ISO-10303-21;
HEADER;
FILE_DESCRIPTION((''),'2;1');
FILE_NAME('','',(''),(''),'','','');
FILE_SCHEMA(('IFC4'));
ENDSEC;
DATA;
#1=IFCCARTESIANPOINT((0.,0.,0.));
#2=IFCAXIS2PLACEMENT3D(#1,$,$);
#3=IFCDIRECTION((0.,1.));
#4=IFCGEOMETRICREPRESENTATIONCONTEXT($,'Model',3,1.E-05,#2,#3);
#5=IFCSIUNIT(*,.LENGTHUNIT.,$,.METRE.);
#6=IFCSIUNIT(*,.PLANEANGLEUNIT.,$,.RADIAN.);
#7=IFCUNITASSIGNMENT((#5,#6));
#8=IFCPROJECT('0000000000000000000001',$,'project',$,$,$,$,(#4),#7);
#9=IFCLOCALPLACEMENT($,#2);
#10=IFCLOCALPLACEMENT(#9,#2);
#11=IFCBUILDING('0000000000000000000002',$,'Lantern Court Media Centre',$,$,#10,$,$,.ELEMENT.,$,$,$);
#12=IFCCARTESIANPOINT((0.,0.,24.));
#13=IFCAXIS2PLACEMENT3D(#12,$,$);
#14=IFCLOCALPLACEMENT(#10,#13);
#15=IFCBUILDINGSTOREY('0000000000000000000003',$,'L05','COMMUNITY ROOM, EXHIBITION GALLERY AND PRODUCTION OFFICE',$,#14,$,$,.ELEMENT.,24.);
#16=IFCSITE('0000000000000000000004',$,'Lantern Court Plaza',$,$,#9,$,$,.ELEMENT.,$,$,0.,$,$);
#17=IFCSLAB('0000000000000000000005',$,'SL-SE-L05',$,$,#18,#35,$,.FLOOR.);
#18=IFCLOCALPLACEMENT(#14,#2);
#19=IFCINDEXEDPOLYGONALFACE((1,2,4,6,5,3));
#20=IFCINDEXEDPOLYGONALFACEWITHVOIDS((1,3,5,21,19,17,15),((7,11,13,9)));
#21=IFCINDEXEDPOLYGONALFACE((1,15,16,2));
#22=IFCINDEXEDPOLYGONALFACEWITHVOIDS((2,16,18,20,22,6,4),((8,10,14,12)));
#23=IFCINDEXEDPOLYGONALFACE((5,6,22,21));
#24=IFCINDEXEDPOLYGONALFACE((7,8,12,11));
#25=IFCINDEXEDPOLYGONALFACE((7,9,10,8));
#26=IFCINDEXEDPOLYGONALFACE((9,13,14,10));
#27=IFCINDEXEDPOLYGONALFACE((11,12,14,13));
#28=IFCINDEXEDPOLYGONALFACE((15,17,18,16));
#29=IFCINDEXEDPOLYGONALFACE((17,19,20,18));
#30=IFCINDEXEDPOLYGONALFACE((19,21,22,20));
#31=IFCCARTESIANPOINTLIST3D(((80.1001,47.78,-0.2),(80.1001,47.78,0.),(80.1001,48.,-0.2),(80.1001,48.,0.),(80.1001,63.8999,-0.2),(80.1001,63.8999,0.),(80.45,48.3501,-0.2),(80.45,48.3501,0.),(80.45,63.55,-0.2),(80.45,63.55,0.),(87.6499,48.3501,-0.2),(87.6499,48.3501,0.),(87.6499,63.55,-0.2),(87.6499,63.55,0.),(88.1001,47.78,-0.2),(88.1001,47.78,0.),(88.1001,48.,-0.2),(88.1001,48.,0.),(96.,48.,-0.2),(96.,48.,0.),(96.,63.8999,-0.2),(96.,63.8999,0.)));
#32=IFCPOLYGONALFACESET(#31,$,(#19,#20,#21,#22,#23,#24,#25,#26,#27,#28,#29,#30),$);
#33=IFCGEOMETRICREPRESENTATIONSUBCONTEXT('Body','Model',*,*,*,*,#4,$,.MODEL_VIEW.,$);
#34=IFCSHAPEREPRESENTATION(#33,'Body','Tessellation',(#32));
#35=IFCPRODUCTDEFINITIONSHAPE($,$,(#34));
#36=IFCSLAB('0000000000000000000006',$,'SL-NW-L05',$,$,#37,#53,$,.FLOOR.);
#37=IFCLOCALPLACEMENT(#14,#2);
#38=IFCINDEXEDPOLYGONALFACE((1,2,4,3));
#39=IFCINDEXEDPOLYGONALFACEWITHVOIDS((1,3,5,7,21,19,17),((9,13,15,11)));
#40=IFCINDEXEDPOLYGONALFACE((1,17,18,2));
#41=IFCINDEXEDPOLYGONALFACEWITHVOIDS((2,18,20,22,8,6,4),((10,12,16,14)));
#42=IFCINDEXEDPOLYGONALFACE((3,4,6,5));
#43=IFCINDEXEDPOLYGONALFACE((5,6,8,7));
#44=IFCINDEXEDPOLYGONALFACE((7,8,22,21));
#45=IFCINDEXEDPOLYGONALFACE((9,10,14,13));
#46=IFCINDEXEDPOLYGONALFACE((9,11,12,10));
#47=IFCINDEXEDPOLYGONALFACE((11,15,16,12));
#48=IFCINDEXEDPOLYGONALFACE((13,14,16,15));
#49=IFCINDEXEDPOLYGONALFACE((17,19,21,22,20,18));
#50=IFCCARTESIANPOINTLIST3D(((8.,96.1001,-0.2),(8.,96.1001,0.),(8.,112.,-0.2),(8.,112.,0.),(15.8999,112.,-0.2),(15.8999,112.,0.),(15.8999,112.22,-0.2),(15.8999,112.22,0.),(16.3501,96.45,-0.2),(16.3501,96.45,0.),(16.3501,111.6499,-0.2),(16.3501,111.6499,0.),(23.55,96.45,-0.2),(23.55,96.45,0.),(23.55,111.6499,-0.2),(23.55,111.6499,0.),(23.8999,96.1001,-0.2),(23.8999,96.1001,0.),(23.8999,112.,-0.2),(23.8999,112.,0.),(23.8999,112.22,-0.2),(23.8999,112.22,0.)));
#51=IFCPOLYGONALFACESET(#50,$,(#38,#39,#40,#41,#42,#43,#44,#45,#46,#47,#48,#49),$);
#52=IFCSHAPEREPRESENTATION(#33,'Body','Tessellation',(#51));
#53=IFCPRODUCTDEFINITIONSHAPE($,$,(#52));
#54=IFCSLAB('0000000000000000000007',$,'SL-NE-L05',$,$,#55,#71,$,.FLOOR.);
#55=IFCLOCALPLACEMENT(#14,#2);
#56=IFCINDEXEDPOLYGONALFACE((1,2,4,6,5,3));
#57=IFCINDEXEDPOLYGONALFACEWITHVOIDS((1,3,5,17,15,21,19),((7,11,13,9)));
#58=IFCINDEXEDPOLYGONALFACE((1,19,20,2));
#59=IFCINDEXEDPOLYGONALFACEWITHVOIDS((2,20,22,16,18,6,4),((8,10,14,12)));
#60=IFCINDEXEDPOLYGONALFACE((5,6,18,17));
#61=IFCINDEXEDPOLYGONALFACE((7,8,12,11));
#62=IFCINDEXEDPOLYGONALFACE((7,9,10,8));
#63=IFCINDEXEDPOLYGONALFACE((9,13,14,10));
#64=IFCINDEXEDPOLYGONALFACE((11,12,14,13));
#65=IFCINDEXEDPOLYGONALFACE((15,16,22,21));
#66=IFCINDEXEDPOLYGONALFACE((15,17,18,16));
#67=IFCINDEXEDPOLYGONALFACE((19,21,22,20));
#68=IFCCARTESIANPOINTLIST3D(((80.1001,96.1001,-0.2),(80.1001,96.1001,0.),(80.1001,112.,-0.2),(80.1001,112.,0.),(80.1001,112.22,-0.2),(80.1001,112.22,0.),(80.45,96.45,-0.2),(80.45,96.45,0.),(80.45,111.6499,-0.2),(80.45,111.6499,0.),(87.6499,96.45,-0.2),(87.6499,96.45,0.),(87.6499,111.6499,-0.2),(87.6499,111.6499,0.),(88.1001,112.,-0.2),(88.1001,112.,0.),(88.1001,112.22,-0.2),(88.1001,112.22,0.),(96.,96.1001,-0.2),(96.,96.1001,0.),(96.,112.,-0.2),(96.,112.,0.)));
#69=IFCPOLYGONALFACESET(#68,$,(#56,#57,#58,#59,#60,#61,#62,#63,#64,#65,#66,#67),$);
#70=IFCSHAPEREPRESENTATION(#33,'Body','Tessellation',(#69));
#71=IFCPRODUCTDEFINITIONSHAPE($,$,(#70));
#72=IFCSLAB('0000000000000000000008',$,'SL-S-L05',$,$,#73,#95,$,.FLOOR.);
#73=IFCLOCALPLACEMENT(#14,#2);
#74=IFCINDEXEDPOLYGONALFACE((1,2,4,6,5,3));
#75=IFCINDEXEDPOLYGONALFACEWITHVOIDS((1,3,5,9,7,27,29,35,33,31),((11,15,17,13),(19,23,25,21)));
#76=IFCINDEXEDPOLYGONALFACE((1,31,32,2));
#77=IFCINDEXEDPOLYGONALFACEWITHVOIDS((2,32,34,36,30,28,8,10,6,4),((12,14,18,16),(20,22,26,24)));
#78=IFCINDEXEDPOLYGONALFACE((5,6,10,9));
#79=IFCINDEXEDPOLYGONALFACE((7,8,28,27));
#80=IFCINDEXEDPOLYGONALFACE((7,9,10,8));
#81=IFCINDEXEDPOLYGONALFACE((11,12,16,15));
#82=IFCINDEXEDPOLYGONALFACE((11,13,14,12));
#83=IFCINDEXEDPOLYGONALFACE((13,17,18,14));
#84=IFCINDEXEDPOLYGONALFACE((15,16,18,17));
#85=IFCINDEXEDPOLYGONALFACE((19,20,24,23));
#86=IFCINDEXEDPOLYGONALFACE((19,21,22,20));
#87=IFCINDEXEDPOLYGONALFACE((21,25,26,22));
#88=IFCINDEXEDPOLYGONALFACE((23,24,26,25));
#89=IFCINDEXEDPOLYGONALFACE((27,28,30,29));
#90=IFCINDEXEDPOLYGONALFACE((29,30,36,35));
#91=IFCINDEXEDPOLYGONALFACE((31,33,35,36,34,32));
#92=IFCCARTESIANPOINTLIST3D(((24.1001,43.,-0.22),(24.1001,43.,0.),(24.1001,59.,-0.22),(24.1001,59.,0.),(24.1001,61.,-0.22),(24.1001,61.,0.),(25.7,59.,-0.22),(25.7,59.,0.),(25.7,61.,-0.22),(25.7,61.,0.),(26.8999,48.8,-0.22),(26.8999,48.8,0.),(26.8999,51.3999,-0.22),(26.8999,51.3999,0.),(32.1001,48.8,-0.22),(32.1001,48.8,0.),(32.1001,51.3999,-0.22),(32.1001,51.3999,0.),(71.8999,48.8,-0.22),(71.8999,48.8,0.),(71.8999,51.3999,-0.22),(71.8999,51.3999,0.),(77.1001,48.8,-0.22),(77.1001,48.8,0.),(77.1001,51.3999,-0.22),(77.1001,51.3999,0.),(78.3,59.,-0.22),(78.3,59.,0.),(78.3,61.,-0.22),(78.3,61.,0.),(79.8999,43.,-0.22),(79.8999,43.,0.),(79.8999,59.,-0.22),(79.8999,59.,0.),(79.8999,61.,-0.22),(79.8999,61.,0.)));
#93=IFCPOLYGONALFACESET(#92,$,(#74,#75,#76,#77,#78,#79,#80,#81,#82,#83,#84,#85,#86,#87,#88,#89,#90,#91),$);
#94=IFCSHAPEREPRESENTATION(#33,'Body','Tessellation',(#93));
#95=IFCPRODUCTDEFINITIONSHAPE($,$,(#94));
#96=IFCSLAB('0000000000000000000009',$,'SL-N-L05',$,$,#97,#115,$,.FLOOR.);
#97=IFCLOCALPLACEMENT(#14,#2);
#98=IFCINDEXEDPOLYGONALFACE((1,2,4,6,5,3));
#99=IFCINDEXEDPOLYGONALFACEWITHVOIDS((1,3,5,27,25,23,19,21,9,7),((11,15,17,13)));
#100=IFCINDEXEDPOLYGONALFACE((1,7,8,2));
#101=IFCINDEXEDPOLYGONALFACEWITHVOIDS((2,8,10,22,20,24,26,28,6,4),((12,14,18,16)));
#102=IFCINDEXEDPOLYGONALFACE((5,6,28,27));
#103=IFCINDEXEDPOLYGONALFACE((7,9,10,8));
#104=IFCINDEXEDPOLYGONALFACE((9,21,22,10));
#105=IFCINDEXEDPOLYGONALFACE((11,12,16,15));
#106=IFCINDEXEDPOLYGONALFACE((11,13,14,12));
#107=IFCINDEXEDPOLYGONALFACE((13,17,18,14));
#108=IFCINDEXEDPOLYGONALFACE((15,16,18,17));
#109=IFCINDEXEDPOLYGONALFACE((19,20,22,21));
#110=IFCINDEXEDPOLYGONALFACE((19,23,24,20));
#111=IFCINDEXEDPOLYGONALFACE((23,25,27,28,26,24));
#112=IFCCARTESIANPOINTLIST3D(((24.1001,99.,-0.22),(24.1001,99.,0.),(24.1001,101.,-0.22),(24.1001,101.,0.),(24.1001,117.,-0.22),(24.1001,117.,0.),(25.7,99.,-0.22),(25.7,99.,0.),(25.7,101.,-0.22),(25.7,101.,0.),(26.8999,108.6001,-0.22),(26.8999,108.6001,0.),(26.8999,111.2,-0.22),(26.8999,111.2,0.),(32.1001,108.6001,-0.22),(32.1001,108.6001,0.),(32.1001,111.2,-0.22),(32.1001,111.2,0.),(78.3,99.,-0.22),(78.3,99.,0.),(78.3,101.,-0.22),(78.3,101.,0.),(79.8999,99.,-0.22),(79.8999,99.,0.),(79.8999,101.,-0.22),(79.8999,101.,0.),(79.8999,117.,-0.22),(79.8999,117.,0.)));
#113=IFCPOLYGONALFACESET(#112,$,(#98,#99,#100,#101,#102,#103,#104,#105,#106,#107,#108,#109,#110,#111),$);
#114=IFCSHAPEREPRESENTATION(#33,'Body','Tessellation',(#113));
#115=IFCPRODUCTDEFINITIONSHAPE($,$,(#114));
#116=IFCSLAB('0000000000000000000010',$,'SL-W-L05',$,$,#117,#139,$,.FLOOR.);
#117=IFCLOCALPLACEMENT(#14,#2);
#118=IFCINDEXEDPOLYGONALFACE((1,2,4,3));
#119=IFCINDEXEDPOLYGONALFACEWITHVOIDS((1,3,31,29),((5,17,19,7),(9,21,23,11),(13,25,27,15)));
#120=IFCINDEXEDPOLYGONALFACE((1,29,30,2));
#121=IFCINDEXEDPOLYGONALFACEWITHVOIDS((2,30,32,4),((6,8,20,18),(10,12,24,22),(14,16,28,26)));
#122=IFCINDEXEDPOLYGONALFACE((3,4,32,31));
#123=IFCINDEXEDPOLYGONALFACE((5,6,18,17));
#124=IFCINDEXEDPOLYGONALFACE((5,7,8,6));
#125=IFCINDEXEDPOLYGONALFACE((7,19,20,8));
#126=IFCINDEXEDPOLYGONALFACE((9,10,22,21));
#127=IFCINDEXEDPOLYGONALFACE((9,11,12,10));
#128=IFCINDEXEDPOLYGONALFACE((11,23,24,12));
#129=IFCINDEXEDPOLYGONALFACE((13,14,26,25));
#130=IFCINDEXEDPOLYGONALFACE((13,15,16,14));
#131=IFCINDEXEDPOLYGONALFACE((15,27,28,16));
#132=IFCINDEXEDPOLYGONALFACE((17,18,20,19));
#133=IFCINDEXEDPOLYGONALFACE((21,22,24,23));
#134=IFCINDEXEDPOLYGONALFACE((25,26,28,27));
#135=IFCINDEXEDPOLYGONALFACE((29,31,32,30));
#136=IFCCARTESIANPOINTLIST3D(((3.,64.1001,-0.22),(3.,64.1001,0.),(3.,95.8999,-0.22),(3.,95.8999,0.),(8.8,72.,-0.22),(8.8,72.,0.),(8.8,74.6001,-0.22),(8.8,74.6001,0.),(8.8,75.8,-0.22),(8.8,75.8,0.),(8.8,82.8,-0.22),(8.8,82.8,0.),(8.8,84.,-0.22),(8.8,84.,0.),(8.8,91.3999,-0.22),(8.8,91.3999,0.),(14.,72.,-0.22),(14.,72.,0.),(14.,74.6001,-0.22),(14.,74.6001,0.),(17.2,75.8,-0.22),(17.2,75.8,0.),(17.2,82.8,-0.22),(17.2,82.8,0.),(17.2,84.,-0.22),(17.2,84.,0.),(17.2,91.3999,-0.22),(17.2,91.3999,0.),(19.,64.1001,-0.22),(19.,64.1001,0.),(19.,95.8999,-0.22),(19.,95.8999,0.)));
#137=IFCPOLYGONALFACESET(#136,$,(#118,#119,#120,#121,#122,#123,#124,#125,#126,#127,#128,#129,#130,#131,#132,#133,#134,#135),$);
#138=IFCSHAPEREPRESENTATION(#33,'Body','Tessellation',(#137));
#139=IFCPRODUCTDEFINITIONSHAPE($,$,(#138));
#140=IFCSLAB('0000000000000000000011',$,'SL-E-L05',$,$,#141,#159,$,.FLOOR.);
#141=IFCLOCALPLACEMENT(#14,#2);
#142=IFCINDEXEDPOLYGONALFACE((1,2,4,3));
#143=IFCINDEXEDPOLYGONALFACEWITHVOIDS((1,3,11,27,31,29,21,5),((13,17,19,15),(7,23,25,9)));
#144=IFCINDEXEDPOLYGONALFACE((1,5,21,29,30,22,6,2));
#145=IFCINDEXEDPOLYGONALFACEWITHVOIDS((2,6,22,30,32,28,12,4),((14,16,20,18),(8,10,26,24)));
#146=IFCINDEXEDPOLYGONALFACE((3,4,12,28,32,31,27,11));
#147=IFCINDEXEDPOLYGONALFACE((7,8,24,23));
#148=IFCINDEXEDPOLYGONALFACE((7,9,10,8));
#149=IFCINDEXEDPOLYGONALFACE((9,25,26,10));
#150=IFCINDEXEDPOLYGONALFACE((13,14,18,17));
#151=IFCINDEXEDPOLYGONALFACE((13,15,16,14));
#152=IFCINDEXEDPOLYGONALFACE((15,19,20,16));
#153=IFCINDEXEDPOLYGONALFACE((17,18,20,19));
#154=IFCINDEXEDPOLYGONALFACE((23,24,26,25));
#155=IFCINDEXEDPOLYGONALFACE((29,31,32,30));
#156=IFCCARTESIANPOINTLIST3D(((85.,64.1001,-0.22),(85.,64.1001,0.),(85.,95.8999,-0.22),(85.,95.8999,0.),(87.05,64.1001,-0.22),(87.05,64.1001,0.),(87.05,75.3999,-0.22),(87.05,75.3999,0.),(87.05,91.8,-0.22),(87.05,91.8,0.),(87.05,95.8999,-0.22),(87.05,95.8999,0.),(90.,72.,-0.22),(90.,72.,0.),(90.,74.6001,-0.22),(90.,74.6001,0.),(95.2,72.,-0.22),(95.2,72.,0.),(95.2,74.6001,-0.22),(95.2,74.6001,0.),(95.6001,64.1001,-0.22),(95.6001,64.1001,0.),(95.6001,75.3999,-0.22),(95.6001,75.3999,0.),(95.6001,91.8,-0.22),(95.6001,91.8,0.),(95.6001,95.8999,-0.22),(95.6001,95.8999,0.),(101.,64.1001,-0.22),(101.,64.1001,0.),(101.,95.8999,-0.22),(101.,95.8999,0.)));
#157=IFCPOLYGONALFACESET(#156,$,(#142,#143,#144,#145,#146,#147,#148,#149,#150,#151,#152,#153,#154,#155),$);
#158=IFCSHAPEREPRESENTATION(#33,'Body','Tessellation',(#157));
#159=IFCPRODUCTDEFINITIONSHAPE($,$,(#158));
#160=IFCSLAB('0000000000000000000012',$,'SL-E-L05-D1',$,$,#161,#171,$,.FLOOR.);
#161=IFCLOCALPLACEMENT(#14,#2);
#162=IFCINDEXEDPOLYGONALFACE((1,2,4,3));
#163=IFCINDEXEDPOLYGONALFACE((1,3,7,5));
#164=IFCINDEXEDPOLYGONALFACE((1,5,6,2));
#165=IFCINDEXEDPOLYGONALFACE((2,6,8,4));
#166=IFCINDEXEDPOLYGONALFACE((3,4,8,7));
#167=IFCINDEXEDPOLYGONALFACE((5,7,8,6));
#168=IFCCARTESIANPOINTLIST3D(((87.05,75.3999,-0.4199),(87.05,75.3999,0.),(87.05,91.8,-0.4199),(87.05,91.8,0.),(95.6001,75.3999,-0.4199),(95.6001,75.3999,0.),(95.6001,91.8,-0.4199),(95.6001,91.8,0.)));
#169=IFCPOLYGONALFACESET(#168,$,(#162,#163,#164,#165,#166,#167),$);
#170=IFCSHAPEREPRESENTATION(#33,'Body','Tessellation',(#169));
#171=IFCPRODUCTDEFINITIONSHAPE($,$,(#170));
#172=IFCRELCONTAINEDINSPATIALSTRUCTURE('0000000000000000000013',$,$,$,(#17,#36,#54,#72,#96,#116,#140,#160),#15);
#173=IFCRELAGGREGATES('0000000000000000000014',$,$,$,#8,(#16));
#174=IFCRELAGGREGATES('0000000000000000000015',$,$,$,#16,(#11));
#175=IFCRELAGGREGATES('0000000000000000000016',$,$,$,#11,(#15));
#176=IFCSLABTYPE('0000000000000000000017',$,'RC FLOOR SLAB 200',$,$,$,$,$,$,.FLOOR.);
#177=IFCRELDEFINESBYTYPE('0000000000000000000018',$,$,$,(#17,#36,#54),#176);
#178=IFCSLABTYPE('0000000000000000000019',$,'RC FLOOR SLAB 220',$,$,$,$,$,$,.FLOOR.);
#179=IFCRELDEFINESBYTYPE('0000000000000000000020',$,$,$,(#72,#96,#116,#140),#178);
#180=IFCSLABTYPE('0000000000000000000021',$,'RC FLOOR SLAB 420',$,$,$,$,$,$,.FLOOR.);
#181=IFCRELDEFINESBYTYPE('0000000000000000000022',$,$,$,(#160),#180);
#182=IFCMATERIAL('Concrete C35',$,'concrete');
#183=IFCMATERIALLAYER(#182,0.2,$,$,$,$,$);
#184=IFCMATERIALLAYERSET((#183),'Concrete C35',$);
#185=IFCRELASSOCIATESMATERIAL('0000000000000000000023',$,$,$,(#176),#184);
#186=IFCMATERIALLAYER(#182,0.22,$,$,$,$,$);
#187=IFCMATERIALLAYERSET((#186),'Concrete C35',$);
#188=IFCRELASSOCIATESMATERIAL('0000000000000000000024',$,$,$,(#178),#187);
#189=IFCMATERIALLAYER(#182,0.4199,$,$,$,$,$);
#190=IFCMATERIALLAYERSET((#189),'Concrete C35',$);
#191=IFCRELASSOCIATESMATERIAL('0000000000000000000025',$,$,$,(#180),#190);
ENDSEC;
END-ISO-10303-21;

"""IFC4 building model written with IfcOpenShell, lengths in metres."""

from ifc_helpers import new_model, si_unit, direction, frame, origin, place, context, subcontext, project, spatial, polyline, outline, extrude, material, layer, layer_set, type_object, element, save


model = new_model("IFC4")

# Units and contexts
model_context = context("Model", 3, precision=1e-05, world=origin(), true_north=direction((0.0, 1.0)))
body_context = subcontext(model_context, "Body", "Model", "MODEL_VIEW")
ifc_project = project(units=[si_unit("LENGTHUNIT", "METRE"), si_unit("PLANEANGLEUNIT", "RADIAN")], contexts=[model_context])

# Site, building, storey
site_placement = place(None, origin())
site = spatial("IfcSite", under=ifc_project, at=site_placement, Name="Lantern Court Plaza", CompositionType="ELEMENT", RefElevation=0.0)
building_placement = place(site_placement, origin())
building = spatial("IfcBuilding", under=site, at=building_placement, Name="Lantern Court Media Centre", CompositionType="ELEMENT")
storey_placement = place(building_placement, frame((0.0, 0.0, 24.0)))
storey = spatial("IfcBuildingStorey", under=building, at=storey_placement, Name="L05", Description="COMMUNITY ROOM, EXHIBITION GALLERY AND PRODUCTION OFFICE", CompositionType="ELEMENT", Elevation=24.0)

# Slabs
ifc_material_1 = material(Name="Concrete C35", Category="concrete")
ifc_layer_1 = layer(ifc_material_1, 0.2)
ifc_layer_set_1 = layer_set([ifc_layer_1], Name="Concrete C35")
slab_type_1 = type_object("IfcSlabType", Name="RC FLOOR SLAB 200", PredefinedType="FLOOR", material=ifc_layer_set_1)
slab_1_placement = place(storey_placement, frame((0.0, 0.0, -0.2)))
element("IfcSlab", 1, at=slab_1_placement, inside=storey, type_object=slab_type_1, Name="SL-SE-L05", PredefinedType="FLOOR", context=body_context, shape_type="SweptSolid", body=[
    extrude(outline(polyline([(80.1001, 63.8999), (96.0, 63.8999), (96.0, 48.0), (88.1001, 48.0), (88.1001, 47.78), (80.1001, 47.78), (80.1001, 48.0), (80.1001, 63.8999)]), holes=[polyline([(80.45, 63.55), (80.45, 48.3501), (87.6499, 48.3501), (87.6499, 63.55), (80.45, 63.55)])]), origin(), (0.0, 0.0, 1.0), 0.2),
])
slab_2_placement = place(storey_placement, frame((0.0, 0.0, -0.2)))
element("IfcSlab", 2, at=slab_2_placement, inside=storey, type_object=slab_type_1, Name="SL-NW-L05", PredefinedType="FLOOR", context=body_context, shape_type="SweptSolid", body=[
    extrude(outline(polyline([(8.0, 112.0), (15.8999, 112.0), (15.8999, 112.22), (23.8999, 112.22), (23.8999, 112.0), (23.8999, 96.1001), (8.0, 96.1001), (8.0, 112.0)]), holes=[polyline([(16.3501, 111.6499), (16.3501, 96.45), (23.55, 96.45), (23.55, 111.6499), (16.3501, 111.6499)])]), origin(), (0.0, 0.0, 1.0), 0.2),
])
slab_3_placement = place(storey_placement, frame((0.0, 0.0, -0.2)))
element("IfcSlab", 3, at=slab_3_placement, inside=storey, type_object=slab_type_1, Name="SL-NE-L05", PredefinedType="FLOOR", context=body_context, shape_type="SweptSolid", body=[
    extrude(outline(polyline([(80.1001, 112.0), (80.1001, 112.22), (88.1001, 112.22), (88.1001, 112.0), (96.0, 112.0), (96.0, 96.1001), (80.1001, 96.1001), (80.1001, 112.0)]), holes=[polyline([(80.45, 111.6499), (80.45, 96.45), (87.6499, 96.45), (87.6499, 111.6499), (80.45, 111.6499)])]), origin(), (0.0, 0.0, 1.0), 0.2),
])
ifc_layer_2 = layer(ifc_material_1, 0.22)
ifc_layer_set_2 = layer_set([ifc_layer_2], Name="Concrete C35")
slab_type_2 = type_object("IfcSlabType", Name="RC FLOOR SLAB 220", PredefinedType="FLOOR", material=ifc_layer_set_2)
slab_4_placement = place(storey_placement, frame((0.0, 0.0, -0.22)))
element("IfcSlab", 4, at=slab_4_placement, inside=storey, type_object=slab_type_2, Name="SL-S-L05", PredefinedType="FLOOR", context=body_context, shape_type="SweptSolid", body=[
    extrude(outline(polyline([(24.1001, 59.0), (24.1001, 61.0), (25.7, 61.0), (25.7, 59.0), (78.3, 59.0), (78.3, 61.0), (79.8999, 61.0), (79.8999, 59.0), (79.8999, 43.0), (24.1001, 43.0), (24.1001, 59.0)]), holes=[polyline([(32.1001, 51.3999), (26.8999, 51.3999), (26.8999, 48.8), (32.1001, 48.8), (32.1001, 51.3999)]), polyline([(77.1001, 51.3999), (71.8999, 51.3999), (71.8999, 48.8), (77.1001, 48.8), (77.1001, 51.3999)])]), origin(), (0.0, 0.0, 1.0), 0.22),
])
slab_5_placement = place(storey_placement, frame((0.0, 0.0, -0.22)))
element("IfcSlab", 5, at=slab_5_placement, inside=storey, type_object=slab_type_2, Name="SL-N-L05", PredefinedType="FLOOR", context=body_context, shape_type="SweptSolid", body=[
    extrude(outline(polyline([(25.7, 99.0), (24.1001, 99.0), (24.1001, 101.0), (24.1001, 117.0), (79.8999, 117.0), (79.8999, 101.0), (79.8999, 99.0), (78.3, 99.0), (78.3, 101.0), (25.7, 101.0), (25.7, 99.0)]), holes=[polyline([(26.8999, 108.6001), (32.1001, 108.6001), (32.1001, 111.2), (26.8999, 111.2), (26.8999, 108.6001)])]), origin(), (0.0, 0.0, 1.0), 0.22),
])
slab_6_placement = place(storey_placement, frame((0.0, 0.0, -0.22)))
element("IfcSlab", 6, at=slab_6_placement, inside=storey, type_object=slab_type_2, Name="SL-W-L05", PredefinedType="FLOOR", context=body_context, shape_type="SweptSolid", body=[
    extrude(outline(polyline([(3.0, 64.1001), (3.0, 95.8999), (19.0, 95.8999), (19.0, 64.1001), (3.0, 64.1001)]), holes=[polyline([(14.0, 72.0), (14.0, 74.6001), (8.8, 74.6001), (8.8, 72.0), (14.0, 72.0)]), polyline([(8.8, 75.8), (17.2, 75.8), (17.2, 82.8), (8.8, 82.8), (8.8, 75.8)]), polyline([(8.8, 84.0), (17.2, 84.0), (17.2, 91.3999), (8.8, 91.3999), (8.8, 84.0)])]), origin(), (0.0, 0.0, 1.0), 0.22),
])
slab_7_placement = place(storey_placement, frame((0.0, 0.0, -0.22)))
element("IfcSlab", 7, at=slab_7_placement, inside=storey, type_object=slab_type_2, Name="SL-E-L05", PredefinedType="FLOOR", context=body_context, shape_type="SweptSolid", body=[
    extrude(outline(polyline([(87.05, 64.1001), (85.0, 64.1001), (85.0, 95.8999), (87.05, 95.8999), (95.6001, 95.8999), (101.0, 95.8999), (101.0, 64.1001), (95.6001, 64.1001), (87.05, 64.1001)]), holes=[polyline([(87.05, 75.3999), (95.6001, 75.3999), (95.6001, 91.8), (87.05, 91.8), (87.05, 75.3999)]), polyline([(95.2, 74.6001), (90.0, 74.6001), (90.0, 72.0), (95.2, 72.0), (95.2, 74.6001)])]), origin(), (0.0, 0.0, 1.0), 0.22),
])
ifc_layer_3 = layer(ifc_material_1, 0.4199)
ifc_layer_set_3 = layer_set([ifc_layer_3], Name="Concrete C35")
slab_type_3 = type_object("IfcSlabType", Name="RC FLOOR SLAB 420", PredefinedType="FLOOR", material=ifc_layer_set_3)
slab_8_placement = place(storey_placement, frame((0.0, 0.0, -0.4199)))
element("IfcSlab", 8, at=slab_8_placement, inside=storey, type_object=slab_type_3, Name="SL-E-L05-D1", PredefinedType="FLOOR", context=body_context, shape_type="SweptSolid", body=[
    extrude(outline(polyline([(95.6001, 75.3999), (95.6001, 91.8), (87.05, 91.8), (87.05, 75.3999), (95.6001, 75.3999)])), origin(), (0.0, 0.0, 1.0), 0.4199),
])

save(model, "model.ifc")
